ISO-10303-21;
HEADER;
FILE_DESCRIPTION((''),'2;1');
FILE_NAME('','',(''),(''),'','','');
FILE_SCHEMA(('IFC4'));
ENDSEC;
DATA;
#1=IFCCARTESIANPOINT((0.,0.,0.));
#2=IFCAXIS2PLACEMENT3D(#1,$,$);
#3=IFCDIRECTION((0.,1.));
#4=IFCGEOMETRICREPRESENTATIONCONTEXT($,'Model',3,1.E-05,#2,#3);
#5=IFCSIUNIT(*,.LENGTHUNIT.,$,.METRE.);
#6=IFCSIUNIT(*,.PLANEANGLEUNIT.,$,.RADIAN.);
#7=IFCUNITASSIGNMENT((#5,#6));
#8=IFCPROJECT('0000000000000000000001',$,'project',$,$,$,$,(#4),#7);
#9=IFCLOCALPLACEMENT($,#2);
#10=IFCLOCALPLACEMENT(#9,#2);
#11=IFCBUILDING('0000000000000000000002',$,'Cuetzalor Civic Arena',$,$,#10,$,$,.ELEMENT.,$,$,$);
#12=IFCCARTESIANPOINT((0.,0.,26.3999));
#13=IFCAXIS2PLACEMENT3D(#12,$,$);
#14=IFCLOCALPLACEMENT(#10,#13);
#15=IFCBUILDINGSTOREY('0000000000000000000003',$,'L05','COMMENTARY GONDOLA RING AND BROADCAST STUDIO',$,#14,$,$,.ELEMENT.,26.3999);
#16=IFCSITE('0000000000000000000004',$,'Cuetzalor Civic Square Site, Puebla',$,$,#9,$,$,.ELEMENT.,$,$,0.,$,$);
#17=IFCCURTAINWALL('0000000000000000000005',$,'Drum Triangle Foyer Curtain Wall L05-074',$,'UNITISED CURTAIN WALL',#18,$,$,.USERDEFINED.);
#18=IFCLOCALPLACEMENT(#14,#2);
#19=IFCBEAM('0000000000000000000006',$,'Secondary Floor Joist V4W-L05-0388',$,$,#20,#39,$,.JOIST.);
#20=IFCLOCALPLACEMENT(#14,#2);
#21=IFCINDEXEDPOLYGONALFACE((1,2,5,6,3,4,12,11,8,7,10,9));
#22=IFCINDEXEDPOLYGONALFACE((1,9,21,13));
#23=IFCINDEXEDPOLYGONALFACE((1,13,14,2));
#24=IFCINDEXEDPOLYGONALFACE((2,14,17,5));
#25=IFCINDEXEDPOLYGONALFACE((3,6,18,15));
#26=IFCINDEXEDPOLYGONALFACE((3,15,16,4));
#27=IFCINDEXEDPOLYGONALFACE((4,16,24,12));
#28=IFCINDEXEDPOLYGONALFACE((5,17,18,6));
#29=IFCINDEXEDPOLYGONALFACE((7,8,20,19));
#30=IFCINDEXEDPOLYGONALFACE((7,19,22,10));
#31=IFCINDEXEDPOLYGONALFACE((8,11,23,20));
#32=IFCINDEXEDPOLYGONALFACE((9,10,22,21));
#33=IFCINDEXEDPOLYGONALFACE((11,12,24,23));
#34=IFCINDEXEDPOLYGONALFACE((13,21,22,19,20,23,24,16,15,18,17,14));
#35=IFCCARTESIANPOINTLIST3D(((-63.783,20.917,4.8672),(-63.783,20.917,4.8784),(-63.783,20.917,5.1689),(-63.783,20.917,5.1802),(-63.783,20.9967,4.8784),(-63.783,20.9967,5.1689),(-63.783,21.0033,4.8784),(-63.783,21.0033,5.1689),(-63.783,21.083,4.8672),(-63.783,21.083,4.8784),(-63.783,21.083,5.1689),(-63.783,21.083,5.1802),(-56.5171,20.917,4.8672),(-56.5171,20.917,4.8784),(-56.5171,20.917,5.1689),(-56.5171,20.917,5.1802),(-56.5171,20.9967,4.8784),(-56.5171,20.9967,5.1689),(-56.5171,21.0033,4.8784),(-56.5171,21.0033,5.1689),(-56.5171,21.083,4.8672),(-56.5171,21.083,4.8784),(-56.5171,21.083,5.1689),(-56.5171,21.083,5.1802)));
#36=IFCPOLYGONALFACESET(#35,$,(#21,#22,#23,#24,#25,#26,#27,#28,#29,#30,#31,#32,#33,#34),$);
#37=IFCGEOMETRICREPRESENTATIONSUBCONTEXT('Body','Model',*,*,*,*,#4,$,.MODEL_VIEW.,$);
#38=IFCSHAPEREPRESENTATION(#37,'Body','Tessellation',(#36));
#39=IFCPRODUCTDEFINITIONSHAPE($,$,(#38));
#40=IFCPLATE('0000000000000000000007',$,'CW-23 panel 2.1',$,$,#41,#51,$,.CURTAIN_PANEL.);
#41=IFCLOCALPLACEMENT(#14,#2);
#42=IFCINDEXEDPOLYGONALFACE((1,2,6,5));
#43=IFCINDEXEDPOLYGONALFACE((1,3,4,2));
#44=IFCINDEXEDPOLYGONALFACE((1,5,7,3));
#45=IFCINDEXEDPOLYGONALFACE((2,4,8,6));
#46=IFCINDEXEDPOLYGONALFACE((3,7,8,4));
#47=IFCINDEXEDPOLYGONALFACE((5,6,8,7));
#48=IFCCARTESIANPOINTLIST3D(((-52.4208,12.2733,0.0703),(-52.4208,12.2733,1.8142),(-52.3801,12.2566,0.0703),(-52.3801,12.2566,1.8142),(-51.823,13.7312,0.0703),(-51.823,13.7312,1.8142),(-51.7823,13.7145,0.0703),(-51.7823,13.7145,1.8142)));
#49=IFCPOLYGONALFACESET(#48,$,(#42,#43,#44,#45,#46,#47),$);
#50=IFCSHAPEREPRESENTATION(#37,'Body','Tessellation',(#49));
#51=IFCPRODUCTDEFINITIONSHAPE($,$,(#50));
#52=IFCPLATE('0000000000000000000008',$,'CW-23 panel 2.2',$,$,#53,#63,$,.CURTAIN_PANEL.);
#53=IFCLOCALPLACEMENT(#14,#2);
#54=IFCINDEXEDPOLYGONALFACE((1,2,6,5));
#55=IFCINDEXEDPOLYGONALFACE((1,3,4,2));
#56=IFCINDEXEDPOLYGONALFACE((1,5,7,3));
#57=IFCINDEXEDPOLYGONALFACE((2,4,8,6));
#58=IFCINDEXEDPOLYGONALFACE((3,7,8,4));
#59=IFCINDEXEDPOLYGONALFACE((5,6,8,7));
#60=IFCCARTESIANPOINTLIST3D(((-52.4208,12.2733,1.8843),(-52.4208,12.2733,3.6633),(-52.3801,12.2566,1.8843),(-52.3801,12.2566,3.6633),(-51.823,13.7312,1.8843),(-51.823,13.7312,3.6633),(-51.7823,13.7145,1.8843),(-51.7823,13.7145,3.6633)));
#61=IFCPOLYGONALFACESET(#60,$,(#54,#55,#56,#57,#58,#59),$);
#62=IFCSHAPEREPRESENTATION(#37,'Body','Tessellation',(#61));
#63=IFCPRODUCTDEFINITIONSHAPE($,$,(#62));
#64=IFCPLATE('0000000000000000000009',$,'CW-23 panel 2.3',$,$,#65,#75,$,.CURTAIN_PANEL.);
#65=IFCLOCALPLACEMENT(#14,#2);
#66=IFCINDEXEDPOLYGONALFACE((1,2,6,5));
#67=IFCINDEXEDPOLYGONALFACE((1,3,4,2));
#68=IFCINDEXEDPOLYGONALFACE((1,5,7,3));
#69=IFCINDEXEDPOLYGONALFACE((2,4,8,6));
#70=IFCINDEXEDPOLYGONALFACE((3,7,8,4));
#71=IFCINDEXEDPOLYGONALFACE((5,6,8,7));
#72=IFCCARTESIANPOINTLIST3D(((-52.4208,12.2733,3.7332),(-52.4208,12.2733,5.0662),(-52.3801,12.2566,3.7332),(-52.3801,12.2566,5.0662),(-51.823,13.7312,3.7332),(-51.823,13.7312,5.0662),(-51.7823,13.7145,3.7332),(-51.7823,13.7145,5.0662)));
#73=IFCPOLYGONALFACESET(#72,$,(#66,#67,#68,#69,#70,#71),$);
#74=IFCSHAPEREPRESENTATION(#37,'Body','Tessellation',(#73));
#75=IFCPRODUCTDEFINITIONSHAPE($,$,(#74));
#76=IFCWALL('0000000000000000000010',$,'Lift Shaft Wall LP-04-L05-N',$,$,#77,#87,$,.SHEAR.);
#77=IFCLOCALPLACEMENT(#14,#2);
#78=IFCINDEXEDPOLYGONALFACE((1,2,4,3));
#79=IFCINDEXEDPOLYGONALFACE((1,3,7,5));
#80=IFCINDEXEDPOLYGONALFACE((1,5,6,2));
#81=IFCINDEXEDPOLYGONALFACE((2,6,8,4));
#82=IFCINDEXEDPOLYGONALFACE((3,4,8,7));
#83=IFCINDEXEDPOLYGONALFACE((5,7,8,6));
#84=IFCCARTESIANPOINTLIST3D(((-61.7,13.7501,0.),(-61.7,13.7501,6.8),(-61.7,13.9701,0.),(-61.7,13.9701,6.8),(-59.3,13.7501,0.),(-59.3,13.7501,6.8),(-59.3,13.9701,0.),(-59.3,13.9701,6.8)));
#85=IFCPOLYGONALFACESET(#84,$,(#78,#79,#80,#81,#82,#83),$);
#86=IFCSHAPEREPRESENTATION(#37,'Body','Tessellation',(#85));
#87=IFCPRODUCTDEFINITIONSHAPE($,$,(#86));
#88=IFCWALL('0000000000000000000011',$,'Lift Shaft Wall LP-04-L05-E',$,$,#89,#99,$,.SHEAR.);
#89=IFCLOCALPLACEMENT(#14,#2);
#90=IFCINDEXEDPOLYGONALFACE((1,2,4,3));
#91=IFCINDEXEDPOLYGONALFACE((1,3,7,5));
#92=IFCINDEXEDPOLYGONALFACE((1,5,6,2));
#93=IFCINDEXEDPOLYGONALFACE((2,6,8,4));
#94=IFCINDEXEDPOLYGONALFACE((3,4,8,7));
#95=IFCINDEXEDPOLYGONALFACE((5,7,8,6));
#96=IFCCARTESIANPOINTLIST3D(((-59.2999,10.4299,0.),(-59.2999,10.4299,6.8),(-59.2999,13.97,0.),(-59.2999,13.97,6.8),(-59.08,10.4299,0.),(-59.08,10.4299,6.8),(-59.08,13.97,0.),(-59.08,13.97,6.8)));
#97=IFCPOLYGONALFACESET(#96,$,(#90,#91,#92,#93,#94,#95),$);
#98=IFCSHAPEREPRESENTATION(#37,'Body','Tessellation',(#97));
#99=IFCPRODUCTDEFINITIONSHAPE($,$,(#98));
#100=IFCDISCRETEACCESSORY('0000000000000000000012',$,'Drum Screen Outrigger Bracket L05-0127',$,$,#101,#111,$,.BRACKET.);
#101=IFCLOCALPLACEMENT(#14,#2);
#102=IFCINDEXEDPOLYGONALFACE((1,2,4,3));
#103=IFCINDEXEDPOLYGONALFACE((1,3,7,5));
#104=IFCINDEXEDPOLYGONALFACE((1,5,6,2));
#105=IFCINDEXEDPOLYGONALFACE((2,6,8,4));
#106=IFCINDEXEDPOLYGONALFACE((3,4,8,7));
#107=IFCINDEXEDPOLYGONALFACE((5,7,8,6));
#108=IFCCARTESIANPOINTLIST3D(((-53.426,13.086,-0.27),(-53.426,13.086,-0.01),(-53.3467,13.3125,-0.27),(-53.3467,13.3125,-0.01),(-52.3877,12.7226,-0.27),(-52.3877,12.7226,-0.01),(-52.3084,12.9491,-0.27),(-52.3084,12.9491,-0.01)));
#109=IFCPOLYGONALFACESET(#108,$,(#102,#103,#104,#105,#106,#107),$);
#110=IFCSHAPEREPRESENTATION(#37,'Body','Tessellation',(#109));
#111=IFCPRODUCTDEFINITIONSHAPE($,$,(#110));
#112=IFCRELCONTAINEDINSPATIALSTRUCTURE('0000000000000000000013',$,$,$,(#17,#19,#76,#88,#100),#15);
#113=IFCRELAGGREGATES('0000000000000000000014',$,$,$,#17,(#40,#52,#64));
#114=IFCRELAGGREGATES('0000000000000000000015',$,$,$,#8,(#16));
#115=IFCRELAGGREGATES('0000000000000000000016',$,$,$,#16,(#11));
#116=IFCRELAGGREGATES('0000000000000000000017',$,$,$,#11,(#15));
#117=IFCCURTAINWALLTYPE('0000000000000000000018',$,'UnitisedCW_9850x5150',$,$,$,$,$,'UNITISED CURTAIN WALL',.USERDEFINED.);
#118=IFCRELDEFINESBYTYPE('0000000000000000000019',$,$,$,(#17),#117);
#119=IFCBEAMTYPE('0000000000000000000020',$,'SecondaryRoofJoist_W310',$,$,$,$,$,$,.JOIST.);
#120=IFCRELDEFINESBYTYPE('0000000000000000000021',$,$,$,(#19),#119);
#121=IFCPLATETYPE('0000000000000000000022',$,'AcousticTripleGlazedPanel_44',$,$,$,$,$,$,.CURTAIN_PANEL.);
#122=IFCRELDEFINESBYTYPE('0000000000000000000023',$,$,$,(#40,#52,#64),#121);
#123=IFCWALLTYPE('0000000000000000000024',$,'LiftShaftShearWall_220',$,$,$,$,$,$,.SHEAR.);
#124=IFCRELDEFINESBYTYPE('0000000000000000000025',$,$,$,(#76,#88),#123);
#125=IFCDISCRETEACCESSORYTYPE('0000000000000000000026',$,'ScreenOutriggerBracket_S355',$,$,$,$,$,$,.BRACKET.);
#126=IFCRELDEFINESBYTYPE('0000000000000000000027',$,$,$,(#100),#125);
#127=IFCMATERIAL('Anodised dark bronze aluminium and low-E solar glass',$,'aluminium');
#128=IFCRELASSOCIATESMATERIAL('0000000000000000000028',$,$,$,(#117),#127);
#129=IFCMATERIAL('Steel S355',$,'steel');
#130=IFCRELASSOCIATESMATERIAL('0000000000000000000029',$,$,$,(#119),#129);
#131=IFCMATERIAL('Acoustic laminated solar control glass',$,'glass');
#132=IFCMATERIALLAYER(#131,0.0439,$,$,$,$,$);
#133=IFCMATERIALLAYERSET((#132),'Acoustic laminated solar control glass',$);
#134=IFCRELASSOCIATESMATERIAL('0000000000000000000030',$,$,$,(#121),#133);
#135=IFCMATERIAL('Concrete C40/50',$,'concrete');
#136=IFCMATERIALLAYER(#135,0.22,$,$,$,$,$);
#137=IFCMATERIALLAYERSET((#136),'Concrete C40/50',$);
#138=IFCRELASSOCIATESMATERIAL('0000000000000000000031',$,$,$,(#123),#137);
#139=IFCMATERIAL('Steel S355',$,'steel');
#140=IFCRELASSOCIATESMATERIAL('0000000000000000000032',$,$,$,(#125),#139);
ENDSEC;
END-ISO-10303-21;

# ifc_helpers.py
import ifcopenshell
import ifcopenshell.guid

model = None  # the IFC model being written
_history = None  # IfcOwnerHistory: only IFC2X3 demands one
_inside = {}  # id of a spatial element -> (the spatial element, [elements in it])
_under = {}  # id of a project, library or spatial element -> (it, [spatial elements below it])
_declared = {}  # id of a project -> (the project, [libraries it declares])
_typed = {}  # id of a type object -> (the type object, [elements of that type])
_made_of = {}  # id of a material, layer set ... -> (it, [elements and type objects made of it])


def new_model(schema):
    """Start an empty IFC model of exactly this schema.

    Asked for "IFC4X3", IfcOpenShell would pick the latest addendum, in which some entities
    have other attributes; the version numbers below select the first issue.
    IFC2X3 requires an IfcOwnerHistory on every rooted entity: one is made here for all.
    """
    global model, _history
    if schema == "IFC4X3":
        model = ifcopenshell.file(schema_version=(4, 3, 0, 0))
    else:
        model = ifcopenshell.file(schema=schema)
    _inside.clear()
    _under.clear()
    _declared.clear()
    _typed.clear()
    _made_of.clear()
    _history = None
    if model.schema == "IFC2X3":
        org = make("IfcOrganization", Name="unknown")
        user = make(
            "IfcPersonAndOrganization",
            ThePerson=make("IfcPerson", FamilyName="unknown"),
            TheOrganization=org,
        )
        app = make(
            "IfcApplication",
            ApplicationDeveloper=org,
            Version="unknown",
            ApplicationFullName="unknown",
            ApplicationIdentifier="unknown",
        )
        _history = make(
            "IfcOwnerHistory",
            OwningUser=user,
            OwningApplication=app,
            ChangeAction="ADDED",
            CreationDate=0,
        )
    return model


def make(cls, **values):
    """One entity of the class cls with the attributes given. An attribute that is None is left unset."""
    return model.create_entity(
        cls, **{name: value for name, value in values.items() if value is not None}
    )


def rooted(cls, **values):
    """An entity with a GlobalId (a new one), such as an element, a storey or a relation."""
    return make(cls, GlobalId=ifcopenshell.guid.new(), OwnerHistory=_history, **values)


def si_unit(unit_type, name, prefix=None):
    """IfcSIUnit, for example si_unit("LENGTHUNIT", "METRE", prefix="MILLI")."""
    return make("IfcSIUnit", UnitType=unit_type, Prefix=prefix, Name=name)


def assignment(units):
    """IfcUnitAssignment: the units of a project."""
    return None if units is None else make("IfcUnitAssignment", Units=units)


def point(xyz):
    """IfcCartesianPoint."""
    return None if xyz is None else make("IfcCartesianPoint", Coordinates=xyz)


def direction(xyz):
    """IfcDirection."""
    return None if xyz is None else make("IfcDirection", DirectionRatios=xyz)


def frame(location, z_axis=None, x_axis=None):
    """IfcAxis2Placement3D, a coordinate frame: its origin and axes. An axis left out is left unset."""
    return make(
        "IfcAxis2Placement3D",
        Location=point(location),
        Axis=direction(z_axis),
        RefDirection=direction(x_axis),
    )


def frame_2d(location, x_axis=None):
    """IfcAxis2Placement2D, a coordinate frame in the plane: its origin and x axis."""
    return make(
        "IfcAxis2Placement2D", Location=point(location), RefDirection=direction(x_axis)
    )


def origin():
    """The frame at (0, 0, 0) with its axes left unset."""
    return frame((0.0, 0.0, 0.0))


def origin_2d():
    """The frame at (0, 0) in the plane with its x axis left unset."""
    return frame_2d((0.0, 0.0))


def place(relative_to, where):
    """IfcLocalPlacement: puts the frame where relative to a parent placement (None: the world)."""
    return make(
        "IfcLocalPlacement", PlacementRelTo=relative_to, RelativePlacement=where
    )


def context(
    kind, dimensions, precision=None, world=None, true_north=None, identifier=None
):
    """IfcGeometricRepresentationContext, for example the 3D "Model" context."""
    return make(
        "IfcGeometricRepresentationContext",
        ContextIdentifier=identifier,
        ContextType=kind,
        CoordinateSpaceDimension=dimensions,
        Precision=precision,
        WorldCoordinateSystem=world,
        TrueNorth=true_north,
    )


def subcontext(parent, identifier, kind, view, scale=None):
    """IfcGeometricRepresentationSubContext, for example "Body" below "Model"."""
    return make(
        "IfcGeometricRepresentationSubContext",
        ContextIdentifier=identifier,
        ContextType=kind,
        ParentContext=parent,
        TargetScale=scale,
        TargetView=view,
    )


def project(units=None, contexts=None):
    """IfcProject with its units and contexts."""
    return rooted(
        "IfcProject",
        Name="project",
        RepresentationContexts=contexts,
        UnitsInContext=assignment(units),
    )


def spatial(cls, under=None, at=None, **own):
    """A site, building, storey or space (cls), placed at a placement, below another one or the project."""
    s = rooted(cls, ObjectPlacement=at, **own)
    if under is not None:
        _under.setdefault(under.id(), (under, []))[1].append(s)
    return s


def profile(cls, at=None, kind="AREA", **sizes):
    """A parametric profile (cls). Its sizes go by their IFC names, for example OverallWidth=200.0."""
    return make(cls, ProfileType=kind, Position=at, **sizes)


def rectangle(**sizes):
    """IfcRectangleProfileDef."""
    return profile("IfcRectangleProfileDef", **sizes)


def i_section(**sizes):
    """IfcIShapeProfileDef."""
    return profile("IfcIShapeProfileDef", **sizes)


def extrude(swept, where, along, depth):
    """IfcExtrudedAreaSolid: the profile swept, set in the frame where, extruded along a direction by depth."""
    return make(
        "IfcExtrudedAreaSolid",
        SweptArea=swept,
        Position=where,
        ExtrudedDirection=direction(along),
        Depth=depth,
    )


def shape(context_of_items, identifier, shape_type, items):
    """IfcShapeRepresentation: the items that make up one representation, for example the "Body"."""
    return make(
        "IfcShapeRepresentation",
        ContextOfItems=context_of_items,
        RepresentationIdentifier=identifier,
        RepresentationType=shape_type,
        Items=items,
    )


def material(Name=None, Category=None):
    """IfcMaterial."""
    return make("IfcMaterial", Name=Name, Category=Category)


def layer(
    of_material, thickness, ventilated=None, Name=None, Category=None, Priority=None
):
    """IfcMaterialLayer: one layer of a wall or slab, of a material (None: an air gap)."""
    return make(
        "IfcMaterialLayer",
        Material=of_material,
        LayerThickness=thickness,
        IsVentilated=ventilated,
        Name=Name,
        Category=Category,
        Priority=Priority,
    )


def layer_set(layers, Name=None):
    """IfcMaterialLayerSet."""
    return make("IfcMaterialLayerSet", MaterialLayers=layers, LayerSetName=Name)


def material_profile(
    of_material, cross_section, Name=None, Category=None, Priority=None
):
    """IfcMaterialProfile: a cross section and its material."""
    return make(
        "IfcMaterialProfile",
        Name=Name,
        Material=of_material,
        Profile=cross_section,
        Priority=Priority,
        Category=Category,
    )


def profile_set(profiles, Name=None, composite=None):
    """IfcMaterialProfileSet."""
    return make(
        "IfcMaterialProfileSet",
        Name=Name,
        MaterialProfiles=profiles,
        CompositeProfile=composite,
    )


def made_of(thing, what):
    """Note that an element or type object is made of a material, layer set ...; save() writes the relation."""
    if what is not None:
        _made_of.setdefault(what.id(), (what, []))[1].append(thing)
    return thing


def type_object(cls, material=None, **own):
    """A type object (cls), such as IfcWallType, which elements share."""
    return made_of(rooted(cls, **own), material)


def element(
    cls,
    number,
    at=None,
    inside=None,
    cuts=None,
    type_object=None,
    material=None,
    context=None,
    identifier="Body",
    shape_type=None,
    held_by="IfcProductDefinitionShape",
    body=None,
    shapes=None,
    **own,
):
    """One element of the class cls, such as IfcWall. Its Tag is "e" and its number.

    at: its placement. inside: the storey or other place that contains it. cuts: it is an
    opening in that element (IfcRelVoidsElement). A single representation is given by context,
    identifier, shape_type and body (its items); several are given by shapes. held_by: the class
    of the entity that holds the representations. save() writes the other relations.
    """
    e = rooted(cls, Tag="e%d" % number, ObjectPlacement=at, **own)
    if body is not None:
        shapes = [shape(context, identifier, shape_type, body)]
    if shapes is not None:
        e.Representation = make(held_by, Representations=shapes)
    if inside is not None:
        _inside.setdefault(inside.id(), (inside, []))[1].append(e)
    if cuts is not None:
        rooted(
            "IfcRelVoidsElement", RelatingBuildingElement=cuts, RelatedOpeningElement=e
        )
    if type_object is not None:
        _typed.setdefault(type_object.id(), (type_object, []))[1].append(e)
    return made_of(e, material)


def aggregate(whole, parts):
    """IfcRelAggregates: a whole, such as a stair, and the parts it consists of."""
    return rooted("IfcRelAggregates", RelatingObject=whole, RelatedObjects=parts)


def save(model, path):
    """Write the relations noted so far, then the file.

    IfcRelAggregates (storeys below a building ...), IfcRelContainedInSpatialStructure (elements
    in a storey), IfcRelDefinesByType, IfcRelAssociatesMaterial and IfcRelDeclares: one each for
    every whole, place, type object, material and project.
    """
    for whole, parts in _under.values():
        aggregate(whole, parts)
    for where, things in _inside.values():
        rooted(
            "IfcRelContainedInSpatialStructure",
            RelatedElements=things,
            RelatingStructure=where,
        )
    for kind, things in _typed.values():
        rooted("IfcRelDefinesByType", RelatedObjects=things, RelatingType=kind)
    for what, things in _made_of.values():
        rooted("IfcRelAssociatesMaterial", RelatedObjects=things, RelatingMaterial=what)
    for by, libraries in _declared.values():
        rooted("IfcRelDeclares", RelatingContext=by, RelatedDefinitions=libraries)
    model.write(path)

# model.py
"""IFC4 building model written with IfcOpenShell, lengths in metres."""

from ifc_helpers import new_model, si_unit, direction, frame, frame_2d, origin, origin_2d, place, context, subcontext, project, spatial, rectangle, i_section, extrude, material, layer, layer_set, material_profile, profile_set, type_object, element, aggregate, save


model = new_model("IFC4")

# Units and contexts
model_context = context("Model", 3, precision=1e-05, world=origin(), true_north=direction((0.0, 1.0)))
body_context = subcontext(model_context, "Body", "Model", "MODEL_VIEW")
ifc_project = project(units=[si_unit("LENGTHUNIT", "METRE"), si_unit("PLANEANGLEUNIT", "RADIAN")], contexts=[model_context])

# Site, building, storey
site_placement = place(None, origin())
site = spatial("IfcSite", under=ifc_project, at=site_placement, Name="Cuetzalor Civic Square Site, Puebla", CompositionType="ELEMENT", RefElevation=0.0)
building_placement = place(site_placement, origin())
building = spatial("IfcBuilding", under=site, at=building_placement, Name="Cuetzalor Civic Arena", CompositionType="ELEMENT")
storey_placement = place(building_placement, frame((0.0, 0.0, 26.3999)))
storey = spatial("IfcBuildingStorey", under=building, at=storey_placement, Name="L05", Description="COMMENTARY GONDOLA RING AND BROADCAST STUDIO", CompositionType="ELEMENT", Elevation=26.3999)

# Curtain wall
ifc_material_1 = material(Name="Anodised dark bronze aluminium and low-E solar glass", Category="aluminium")
curtain_wall_type = type_object("IfcCurtainWallType", Name="UnitisedCW_9850x5150", ElementType="UNITISED CURTAIN WALL", PredefinedType="USERDEFINED", material=ifc_material_1)
curtain_wall_placement = place(storey_placement, origin())
curtain_wall = element("IfcCurtainWall", 1, at=curtain_wall_placement, inside=storey, type_object=curtain_wall_type, Name="Drum Triangle Foyer Curtain Wall L05-074", ObjectType="UNITISED CURTAIN WALL", PredefinedType="USERDEFINED")

# Beam
ifc_material_2 = material(Name="Steel S355", Category="steel")
ifc_material_profile_1 = material_profile(ifc_material_2, i_section(OverallWidth=0.166, OverallDepth=0.313, WebThickness=0.0066, FlangeThickness=0.0112, at=origin_2d()), Name="W310x45")
ifc_profile_set_1 = profile_set([ifc_material_profile_1], Name="Steel S355")
beam_type_1 = type_object("IfcBeamType", Name="SecondaryRoofJoist_W310", PredefinedType="JOIST", material=ifc_profile_set_1)
for number, where, z_axis, x_axis, name in (
    (2, (-63.783, 21.0, 5.0237), (1.0, 0.0, 0.0), (0.0, 1.0, 0.0), "Secondary Floor Joist V4W-L05-0388"),
):
    element("IfcBeam", number, at=place(storey_placement, frame(where, z_axis=z_axis, x_axis=x_axis)), inside=storey, type_object=beam_type_1, Name=name, PredefinedType="JOIST", context=body_context, shape_type="SweptSolid", body=[
        extrude(i_section(OverallWidth=0.166, OverallDepth=0.313, WebThickness=0.0066, FlangeThickness=0.0112, at=origin_2d()), origin(), (0.0, 0.0, 1.0), 7.2659),
    ])

# Plates
ifc_material_3 = material(Name="Acoustic laminated solar control glass", Category="glass")
ifc_layer_1 = layer(ifc_material_3, 0.0439)
ifc_layer_set_1 = layer_set([ifc_layer_1], Name="Acoustic laminated solar control glass")
plate_type = type_object("IfcPlateType", Name="AcousticTripleGlazedPanel_44", PredefinedType="CURTAIN_PANEL", material=ifc_layer_set_1)
plate_1_placement = place(storey_placement, frame((-52.1016, 12.9939, 0.0703), z_axis=(0.0, 0.0, 1.0), x_axis=(0.379391, 0.925236, 0.0)))
plate_1 = element("IfcPlate", 3, at=plate_1_placement, type_object=plate_type, Name="CW-23 panel 2.1", PredefinedType="CURTAIN_PANEL", context=body_context, shape_type="SweptSolid", body=[
    extrude(rectangle(XDim=1.5757, YDim=0.0439, at=origin_2d()), origin(), (0.0, 0.0, 1.0), 1.7439),
])
plate_2_placement = place(storey_placement, frame((-52.1016, 12.9939, 1.8843), z_axis=(0.0, 0.0, 1.0), x_axis=(0.379391, 0.925236, 0.0)))
plate_2 = element("IfcPlate", 4, at=plate_2_placement, type_object=plate_type, Name="CW-23 panel 2.2", PredefinedType="CURTAIN_PANEL", context=body_context, shape_type="SweptSolid", body=[
    extrude(rectangle(XDim=1.5757, YDim=0.0439, at=origin_2d()), origin(), (0.0, 0.0, 1.0), 1.7791),
])
plate_3_placement = place(storey_placement, frame((-52.1016, 12.9939, 3.7332), z_axis=(0.0, 0.0, 1.0), x_axis=(0.379391, 0.925236, 0.0)))
plate_3 = element("IfcPlate", 5, at=plate_3_placement, type_object=plate_type, Name="CW-23 panel 2.3", PredefinedType="CURTAIN_PANEL", context=body_context, shape_type="SweptSolid", body=[
    extrude(rectangle(XDim=1.5757, YDim=0.0439, at=origin_2d()), origin(), (0.0, 0.0, 1.0), 1.333),
])
aggregate(curtain_wall, [plate_1, plate_2, plate_3])

# Walls
ifc_material_4 = material(Name="Concrete C40/50", Category="concrete")
ifc_layer_2 = layer(ifc_material_4, 0.22)
ifc_layer_set_2 = layer_set([ifc_layer_2], Name="Concrete C40/50")
wall_type = type_object("IfcWallType", Name="LiftShaftShearWall_220", PredefinedType="SHEAR", material=ifc_layer_set_2)
wall_1_placement = place(storey_placement, frame((-61.7, 13.8601, 0.0), z_axis=(0.0, 0.0, 1.0), x_axis=(1.0, 0.0, 0.0)))
element("IfcWall", 6, at=wall_1_placement, inside=storey, type_object=wall_type, Name="Lift Shaft Wall LP-04-L05-N", PredefinedType="SHEAR", context=body_context, shape_type="SweptSolid", body=[
    extrude(rectangle(XDim=2.3999, YDim=0.22, at=frame_2d((1.2, 0.0))), origin(), (0.0, 0.0, 1.0), 6.8),
])
wall_2_placement = place(storey_placement, frame((-59.1899, 13.97, 0.0), z_axis=(0.0, 0.0, 1.0), x_axis=(0.0, -1.0, 0.0)))
element("IfcWall", 7, at=wall_2_placement, inside=storey, type_object=wall_type, Name="Lift Shaft Wall LP-04-L05-E", PredefinedType="SHEAR", context=body_context, shape_type="SweptSolid", body=[
    extrude(rectangle(XDim=3.54, YDim=0.22, at=frame_2d((1.77, 0.0))), origin(), (0.0, 0.0, 1.0), 6.8),
])

# Discrete accessory
ifc_material_5 = material(Name="Steel S355", Category="steel")
discrete_accessory_type = type_object("IfcDiscreteAccessoryType", Name="ScreenOutriggerBracket_S355", PredefinedType="BRACKET", material=ifc_material_5)
discrete_accessory_placement = place(storey_placement, frame((-52.8672, 13.0176, -0.27), z_axis=(0.0, 0.0, 1.0), x_axis=(-0.943859, 0.33035, 0.0)))
element("IfcDiscreteAccessory", 8, at=discrete_accessory_placement, inside=storey, type_object=discrete_accessory_type, Name="Drum Screen Outrigger Bracket L05-0127", PredefinedType="BRACKET", context=body_context, shape_type="SweptSolid", body=[
    extrude(rectangle(XDim=1.1001, YDim=0.24, at=origin_2d()), origin(), (0.0, 0.0, 1.0), 0.26),
])

save(model, "model.ifc")
